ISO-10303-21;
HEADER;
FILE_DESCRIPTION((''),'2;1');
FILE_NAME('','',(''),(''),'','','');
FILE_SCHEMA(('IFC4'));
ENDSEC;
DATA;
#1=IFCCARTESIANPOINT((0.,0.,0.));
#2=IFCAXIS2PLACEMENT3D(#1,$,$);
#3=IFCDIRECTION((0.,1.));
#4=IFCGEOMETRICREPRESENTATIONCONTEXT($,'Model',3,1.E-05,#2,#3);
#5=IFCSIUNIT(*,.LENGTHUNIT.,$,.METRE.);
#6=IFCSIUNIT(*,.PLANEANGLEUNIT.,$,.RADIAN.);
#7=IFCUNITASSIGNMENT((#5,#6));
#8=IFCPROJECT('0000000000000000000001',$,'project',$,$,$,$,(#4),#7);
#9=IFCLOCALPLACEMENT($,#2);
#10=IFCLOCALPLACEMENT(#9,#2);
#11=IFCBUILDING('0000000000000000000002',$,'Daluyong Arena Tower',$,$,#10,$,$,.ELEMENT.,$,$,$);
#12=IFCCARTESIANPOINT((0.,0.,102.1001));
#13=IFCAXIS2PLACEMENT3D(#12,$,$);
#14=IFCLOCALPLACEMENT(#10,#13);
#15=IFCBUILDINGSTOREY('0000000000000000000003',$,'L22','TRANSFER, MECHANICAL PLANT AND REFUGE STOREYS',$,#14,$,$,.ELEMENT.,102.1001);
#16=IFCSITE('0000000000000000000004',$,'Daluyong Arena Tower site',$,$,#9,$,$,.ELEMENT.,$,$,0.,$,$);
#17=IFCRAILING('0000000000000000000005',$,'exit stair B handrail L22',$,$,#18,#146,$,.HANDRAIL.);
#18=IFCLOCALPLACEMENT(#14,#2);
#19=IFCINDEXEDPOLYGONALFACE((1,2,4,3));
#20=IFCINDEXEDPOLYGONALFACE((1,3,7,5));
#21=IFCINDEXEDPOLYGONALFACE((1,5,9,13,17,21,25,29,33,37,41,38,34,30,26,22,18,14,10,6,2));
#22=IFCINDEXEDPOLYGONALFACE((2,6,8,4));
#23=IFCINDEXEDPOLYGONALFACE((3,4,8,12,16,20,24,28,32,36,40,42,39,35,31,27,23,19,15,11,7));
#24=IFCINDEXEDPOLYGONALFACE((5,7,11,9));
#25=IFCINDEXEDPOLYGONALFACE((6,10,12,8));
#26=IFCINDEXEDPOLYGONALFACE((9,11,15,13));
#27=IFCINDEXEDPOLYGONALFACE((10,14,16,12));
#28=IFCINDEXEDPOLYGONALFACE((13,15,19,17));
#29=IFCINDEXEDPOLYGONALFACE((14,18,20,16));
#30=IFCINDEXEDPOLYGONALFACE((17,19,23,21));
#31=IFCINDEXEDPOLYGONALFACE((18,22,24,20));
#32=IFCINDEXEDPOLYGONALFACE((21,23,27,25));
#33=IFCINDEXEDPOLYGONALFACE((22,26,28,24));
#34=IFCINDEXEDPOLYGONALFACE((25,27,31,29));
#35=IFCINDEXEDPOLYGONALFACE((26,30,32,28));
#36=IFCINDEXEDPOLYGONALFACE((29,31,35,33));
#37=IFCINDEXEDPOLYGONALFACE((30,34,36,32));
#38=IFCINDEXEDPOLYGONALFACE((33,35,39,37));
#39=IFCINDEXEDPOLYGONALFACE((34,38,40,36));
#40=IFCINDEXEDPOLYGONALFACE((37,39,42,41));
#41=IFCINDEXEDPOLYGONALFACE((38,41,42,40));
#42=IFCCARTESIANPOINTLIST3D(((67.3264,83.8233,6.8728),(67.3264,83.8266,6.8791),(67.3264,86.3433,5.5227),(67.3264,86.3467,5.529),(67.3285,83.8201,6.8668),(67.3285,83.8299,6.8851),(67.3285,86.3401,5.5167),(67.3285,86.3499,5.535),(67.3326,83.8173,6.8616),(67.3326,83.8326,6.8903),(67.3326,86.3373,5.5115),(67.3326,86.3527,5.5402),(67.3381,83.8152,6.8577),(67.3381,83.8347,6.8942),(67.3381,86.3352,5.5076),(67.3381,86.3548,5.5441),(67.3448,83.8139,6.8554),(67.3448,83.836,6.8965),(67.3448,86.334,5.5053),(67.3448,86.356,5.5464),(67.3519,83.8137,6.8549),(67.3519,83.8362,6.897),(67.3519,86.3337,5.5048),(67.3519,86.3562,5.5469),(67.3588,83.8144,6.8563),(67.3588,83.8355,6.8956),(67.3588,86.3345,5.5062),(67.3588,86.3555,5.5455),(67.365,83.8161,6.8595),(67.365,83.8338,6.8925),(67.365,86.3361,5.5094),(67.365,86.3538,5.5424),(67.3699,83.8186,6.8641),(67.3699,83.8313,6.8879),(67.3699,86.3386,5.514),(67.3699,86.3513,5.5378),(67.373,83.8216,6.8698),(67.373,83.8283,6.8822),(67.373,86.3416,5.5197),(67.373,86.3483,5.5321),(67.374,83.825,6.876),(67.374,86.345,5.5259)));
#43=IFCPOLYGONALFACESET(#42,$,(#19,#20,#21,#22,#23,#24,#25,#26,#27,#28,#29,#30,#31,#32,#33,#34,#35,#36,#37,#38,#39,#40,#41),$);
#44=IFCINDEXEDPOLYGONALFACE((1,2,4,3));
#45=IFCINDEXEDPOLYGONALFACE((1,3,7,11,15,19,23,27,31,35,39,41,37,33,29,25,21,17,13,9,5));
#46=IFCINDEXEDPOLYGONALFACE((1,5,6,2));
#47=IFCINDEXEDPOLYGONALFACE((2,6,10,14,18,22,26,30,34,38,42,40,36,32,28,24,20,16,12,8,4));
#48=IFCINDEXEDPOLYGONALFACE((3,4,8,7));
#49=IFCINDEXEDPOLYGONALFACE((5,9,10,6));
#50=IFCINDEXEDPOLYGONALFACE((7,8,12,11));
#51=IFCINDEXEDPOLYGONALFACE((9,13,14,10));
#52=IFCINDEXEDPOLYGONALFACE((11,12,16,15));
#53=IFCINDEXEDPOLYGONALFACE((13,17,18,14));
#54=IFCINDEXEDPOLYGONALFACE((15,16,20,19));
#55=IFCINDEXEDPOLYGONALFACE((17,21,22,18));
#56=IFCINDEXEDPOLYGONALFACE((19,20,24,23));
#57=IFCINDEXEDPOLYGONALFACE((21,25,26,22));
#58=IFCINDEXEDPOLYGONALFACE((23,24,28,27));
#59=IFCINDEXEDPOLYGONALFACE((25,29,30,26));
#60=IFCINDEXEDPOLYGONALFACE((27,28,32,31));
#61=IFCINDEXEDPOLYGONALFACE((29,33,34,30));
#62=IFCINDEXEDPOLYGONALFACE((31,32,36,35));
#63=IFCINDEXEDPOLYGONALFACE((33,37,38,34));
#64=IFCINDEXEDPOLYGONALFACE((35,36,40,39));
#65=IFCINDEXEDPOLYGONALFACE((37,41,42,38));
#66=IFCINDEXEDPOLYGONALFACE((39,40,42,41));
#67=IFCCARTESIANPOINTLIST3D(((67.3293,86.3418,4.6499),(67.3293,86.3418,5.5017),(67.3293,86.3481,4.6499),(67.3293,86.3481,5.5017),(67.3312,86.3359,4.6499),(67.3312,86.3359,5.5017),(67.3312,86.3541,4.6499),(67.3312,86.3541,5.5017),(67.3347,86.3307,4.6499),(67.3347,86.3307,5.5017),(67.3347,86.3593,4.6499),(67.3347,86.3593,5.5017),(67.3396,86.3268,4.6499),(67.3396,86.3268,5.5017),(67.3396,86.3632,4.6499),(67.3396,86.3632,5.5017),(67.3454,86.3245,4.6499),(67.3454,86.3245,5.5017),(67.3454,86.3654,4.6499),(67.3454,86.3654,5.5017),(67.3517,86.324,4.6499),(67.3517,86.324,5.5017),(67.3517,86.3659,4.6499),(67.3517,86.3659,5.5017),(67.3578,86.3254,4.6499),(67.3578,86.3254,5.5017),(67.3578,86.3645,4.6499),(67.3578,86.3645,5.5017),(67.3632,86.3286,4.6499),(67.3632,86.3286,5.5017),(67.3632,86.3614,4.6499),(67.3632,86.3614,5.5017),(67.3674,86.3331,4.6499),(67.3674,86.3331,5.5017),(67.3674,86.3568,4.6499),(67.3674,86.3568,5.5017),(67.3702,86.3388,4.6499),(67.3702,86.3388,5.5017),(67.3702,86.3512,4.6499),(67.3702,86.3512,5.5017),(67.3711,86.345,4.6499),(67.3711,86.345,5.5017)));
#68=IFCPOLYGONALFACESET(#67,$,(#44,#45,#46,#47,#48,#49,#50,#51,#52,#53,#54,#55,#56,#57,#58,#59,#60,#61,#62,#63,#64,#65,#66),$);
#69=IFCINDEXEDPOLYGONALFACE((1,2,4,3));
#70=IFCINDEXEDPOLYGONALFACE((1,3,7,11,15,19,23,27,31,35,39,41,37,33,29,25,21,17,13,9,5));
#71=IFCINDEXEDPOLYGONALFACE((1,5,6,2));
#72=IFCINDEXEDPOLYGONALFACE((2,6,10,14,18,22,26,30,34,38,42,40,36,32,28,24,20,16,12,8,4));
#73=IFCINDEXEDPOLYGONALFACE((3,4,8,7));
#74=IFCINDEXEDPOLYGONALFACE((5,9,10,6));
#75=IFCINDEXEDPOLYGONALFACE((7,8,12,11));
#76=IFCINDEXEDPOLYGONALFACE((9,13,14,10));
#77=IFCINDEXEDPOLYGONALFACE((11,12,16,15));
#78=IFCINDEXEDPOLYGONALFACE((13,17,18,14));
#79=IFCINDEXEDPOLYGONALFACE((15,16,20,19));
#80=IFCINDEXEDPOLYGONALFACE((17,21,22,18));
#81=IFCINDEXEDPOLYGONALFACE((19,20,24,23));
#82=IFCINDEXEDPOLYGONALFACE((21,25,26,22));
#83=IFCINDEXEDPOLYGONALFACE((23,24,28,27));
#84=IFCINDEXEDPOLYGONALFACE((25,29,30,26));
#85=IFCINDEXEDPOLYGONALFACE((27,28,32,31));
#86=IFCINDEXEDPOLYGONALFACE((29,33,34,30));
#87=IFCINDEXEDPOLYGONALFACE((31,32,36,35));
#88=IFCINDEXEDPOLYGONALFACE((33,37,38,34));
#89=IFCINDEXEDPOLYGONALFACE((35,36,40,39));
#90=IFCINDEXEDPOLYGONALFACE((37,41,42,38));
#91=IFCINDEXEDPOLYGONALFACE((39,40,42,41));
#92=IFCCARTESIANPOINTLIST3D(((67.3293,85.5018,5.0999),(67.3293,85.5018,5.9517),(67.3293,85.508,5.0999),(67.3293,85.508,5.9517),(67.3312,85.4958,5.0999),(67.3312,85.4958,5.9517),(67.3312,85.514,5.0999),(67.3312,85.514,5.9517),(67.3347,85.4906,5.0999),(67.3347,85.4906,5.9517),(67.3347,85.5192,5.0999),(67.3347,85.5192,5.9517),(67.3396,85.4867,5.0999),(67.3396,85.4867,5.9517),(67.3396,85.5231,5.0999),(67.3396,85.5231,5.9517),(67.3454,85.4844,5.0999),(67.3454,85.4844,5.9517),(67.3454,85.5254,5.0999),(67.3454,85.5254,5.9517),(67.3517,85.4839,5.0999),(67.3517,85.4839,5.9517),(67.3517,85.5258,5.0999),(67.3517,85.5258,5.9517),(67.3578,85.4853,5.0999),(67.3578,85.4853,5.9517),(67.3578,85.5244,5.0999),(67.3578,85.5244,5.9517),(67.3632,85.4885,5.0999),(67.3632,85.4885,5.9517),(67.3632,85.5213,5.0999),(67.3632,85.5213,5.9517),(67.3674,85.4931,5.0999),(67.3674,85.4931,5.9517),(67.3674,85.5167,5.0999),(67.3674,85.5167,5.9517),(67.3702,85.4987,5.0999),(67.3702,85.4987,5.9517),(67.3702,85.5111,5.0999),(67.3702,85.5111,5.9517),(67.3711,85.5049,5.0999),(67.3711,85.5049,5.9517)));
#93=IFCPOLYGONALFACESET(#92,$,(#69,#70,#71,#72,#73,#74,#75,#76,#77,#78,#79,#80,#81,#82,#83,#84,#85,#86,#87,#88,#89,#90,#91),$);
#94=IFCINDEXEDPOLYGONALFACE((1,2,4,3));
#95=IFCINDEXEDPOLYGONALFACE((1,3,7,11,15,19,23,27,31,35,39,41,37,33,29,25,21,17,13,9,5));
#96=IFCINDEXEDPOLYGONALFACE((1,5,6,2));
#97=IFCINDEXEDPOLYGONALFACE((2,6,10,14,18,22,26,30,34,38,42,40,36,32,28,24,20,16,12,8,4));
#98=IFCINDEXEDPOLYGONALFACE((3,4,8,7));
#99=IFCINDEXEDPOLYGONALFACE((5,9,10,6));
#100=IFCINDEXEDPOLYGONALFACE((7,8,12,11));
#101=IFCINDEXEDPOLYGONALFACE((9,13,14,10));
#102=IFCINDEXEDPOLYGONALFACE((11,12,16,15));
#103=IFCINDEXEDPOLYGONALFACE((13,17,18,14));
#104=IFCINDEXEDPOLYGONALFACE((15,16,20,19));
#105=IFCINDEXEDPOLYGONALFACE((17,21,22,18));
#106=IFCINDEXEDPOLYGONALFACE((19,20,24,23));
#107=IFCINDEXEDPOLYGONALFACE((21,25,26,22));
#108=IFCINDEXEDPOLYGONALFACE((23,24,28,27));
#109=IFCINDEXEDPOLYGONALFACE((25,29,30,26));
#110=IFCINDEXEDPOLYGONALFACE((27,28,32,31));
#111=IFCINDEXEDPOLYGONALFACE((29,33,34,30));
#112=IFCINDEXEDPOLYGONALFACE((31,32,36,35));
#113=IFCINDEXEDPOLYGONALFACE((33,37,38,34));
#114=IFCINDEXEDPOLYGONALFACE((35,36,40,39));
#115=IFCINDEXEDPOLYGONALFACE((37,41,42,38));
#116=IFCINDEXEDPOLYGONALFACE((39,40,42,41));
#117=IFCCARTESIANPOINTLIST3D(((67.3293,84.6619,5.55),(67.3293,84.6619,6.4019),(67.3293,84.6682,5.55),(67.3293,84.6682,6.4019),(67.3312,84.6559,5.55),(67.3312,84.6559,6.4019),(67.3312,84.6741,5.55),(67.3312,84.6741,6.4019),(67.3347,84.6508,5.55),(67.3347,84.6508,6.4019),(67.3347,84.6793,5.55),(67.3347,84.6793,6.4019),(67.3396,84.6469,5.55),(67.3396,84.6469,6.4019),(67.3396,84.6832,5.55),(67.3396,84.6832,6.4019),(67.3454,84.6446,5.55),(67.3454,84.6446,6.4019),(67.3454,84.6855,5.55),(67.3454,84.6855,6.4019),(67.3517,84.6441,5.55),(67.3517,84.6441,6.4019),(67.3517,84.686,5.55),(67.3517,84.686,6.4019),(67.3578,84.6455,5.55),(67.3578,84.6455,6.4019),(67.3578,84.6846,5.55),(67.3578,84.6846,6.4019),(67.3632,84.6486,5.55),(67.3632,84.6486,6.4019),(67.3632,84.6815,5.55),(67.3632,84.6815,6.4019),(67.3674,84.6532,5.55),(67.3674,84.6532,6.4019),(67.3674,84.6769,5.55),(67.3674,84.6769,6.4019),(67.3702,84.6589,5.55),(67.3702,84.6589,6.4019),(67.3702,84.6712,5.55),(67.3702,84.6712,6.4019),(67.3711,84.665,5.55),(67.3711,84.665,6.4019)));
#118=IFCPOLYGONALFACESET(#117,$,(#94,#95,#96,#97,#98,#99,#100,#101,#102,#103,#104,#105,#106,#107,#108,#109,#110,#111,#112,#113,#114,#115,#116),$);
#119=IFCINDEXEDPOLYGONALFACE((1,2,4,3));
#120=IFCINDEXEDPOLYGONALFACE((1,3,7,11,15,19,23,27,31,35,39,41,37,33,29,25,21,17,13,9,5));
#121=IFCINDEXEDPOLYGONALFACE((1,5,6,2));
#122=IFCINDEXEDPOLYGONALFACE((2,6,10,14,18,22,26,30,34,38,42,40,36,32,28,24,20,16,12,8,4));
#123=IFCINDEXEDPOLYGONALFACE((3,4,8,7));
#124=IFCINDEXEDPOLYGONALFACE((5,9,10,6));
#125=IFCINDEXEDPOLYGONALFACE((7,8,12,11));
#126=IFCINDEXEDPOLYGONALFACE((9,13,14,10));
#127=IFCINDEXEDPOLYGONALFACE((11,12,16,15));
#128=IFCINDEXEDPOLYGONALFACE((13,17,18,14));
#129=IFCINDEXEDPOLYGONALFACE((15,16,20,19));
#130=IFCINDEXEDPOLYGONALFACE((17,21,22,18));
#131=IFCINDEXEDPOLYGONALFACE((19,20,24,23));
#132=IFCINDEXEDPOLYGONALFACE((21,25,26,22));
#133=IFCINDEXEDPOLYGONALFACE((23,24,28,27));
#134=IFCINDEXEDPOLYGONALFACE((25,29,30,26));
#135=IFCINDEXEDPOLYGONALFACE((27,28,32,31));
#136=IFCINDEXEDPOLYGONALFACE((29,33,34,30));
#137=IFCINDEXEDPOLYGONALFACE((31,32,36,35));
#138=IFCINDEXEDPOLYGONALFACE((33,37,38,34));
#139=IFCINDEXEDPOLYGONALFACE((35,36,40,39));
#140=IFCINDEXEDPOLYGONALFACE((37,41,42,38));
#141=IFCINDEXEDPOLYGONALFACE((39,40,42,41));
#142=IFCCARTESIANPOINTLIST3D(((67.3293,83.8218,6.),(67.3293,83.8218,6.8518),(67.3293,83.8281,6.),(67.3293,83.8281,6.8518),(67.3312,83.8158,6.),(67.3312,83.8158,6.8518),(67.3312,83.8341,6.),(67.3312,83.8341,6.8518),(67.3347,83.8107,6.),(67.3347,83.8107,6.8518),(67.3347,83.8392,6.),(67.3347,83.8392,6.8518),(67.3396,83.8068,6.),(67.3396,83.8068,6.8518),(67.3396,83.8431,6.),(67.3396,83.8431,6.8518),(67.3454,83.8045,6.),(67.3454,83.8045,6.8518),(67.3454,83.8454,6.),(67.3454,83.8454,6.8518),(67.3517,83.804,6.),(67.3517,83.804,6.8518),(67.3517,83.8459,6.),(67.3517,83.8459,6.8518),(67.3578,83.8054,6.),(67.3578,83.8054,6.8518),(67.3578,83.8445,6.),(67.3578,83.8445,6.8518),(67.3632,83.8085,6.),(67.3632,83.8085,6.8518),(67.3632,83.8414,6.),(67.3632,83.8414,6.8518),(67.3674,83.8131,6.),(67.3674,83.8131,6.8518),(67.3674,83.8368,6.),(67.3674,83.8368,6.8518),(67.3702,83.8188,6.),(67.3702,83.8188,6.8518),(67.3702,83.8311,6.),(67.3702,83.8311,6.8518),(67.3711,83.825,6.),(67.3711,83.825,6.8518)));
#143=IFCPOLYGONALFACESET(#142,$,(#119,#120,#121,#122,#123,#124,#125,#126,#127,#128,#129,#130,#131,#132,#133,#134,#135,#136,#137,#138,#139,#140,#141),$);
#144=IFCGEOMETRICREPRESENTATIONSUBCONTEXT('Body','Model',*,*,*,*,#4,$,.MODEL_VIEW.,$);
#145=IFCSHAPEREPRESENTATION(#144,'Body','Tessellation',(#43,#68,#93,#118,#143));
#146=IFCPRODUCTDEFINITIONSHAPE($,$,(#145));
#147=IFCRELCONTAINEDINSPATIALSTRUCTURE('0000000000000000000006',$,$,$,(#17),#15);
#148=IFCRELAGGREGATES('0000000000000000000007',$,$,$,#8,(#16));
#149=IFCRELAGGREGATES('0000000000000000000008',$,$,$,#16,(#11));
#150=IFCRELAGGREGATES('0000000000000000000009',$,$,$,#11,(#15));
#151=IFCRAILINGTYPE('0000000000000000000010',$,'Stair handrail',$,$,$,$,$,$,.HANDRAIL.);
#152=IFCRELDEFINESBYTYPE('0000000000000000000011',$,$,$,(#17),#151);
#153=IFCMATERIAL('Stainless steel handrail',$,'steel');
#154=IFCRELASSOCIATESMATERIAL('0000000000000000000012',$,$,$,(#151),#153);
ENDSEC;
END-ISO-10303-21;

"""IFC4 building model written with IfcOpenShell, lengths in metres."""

from ifc_helpers import new_model, si_unit, direction, frame, origin, origin_2d, place, context, subcontext, project, spatial, circle, extrude, material, type_object, element, save


model = new_model("IFC4")

# Units and contexts
model_context = context("Model", 3, precision=1e-05, world=origin(), true_north=direction((0.0, 1.0)))
body_context = subcontext(model_context, "Body", "Model", "MODEL_VIEW")
ifc_project = project(units=[si_unit("LENGTHUNIT", "METRE"), si_unit("PLANEANGLEUNIT", "RADIAN")], contexts=[model_context])

# Site, building, storey
site_placement = place(None, origin())
site = spatial("IfcSite", under=ifc_project, at=site_placement, Name="Daluyong Arena Tower site", CompositionType="ELEMENT", RefElevation=0.0)
building_placement = place(site_placement, origin())
building = spatial("IfcBuilding", under=site, at=building_placement, Name="Daluyong Arena Tower", CompositionType="ELEMENT")
storey_placement = place(building_placement, frame((0.0, 0.0, 102.1001)))
storey = spatial("IfcBuildingStorey", under=building, at=storey_placement, Name="L22", Description="TRANSFER, MECHANICAL PLANT AND REFUGE STOREYS", CompositionType="ELEMENT", Elevation=102.1001)

# Railing
ifc_material_1 = material(Name="Stainless steel handrail", Category="steel")
railing_type_1 = type_object("IfcRailingType", Name="Stair handrail", PredefinedType="HANDRAIL", material=ifc_material_1)
for number, where, name in (
    (1, (67.3501, 86.345, 4.6499), "exit stair B handrail L22"),
):
    element("IfcRailing", number, at=place(storey_placement, frame(where)), inside=storey, type_object=railing_type_1, Name=name, PredefinedType="HANDRAIL", context=body_context, shape_type="SweptSolid", body=[
        extrude(circle(Radius=0.0239, at=origin_2d()), frame((0.0, 0.0, 0.876), z_axis=(0.0, -0.881467, 0.472245), x_axis=(1.0, 0.0, 0.0)), (0.0, 0.0, 1.0), 2.8589),
        extrude(circle(Radius=0.021, at=origin_2d()), origin(), (0.0, 0.0, 1.0), 0.8518),
        extrude(circle(Radius=0.021, at=origin_2d()), frame((0.0, -0.8401, 0.45)), (0.0, 0.0, 1.0), 0.8518),
        extrude(circle(Radius=0.021, at=origin_2d()), frame((0.0, -1.6799, 0.9001)), (0.0, 0.0, 1.0), 0.8518),
        extrude(circle(Radius=0.021, at=origin_2d()), frame((0.0, -2.52, 1.3501)), (0.0, 0.0, 1.0), 0.8518),
    ])

save(model, "model.ifc")
